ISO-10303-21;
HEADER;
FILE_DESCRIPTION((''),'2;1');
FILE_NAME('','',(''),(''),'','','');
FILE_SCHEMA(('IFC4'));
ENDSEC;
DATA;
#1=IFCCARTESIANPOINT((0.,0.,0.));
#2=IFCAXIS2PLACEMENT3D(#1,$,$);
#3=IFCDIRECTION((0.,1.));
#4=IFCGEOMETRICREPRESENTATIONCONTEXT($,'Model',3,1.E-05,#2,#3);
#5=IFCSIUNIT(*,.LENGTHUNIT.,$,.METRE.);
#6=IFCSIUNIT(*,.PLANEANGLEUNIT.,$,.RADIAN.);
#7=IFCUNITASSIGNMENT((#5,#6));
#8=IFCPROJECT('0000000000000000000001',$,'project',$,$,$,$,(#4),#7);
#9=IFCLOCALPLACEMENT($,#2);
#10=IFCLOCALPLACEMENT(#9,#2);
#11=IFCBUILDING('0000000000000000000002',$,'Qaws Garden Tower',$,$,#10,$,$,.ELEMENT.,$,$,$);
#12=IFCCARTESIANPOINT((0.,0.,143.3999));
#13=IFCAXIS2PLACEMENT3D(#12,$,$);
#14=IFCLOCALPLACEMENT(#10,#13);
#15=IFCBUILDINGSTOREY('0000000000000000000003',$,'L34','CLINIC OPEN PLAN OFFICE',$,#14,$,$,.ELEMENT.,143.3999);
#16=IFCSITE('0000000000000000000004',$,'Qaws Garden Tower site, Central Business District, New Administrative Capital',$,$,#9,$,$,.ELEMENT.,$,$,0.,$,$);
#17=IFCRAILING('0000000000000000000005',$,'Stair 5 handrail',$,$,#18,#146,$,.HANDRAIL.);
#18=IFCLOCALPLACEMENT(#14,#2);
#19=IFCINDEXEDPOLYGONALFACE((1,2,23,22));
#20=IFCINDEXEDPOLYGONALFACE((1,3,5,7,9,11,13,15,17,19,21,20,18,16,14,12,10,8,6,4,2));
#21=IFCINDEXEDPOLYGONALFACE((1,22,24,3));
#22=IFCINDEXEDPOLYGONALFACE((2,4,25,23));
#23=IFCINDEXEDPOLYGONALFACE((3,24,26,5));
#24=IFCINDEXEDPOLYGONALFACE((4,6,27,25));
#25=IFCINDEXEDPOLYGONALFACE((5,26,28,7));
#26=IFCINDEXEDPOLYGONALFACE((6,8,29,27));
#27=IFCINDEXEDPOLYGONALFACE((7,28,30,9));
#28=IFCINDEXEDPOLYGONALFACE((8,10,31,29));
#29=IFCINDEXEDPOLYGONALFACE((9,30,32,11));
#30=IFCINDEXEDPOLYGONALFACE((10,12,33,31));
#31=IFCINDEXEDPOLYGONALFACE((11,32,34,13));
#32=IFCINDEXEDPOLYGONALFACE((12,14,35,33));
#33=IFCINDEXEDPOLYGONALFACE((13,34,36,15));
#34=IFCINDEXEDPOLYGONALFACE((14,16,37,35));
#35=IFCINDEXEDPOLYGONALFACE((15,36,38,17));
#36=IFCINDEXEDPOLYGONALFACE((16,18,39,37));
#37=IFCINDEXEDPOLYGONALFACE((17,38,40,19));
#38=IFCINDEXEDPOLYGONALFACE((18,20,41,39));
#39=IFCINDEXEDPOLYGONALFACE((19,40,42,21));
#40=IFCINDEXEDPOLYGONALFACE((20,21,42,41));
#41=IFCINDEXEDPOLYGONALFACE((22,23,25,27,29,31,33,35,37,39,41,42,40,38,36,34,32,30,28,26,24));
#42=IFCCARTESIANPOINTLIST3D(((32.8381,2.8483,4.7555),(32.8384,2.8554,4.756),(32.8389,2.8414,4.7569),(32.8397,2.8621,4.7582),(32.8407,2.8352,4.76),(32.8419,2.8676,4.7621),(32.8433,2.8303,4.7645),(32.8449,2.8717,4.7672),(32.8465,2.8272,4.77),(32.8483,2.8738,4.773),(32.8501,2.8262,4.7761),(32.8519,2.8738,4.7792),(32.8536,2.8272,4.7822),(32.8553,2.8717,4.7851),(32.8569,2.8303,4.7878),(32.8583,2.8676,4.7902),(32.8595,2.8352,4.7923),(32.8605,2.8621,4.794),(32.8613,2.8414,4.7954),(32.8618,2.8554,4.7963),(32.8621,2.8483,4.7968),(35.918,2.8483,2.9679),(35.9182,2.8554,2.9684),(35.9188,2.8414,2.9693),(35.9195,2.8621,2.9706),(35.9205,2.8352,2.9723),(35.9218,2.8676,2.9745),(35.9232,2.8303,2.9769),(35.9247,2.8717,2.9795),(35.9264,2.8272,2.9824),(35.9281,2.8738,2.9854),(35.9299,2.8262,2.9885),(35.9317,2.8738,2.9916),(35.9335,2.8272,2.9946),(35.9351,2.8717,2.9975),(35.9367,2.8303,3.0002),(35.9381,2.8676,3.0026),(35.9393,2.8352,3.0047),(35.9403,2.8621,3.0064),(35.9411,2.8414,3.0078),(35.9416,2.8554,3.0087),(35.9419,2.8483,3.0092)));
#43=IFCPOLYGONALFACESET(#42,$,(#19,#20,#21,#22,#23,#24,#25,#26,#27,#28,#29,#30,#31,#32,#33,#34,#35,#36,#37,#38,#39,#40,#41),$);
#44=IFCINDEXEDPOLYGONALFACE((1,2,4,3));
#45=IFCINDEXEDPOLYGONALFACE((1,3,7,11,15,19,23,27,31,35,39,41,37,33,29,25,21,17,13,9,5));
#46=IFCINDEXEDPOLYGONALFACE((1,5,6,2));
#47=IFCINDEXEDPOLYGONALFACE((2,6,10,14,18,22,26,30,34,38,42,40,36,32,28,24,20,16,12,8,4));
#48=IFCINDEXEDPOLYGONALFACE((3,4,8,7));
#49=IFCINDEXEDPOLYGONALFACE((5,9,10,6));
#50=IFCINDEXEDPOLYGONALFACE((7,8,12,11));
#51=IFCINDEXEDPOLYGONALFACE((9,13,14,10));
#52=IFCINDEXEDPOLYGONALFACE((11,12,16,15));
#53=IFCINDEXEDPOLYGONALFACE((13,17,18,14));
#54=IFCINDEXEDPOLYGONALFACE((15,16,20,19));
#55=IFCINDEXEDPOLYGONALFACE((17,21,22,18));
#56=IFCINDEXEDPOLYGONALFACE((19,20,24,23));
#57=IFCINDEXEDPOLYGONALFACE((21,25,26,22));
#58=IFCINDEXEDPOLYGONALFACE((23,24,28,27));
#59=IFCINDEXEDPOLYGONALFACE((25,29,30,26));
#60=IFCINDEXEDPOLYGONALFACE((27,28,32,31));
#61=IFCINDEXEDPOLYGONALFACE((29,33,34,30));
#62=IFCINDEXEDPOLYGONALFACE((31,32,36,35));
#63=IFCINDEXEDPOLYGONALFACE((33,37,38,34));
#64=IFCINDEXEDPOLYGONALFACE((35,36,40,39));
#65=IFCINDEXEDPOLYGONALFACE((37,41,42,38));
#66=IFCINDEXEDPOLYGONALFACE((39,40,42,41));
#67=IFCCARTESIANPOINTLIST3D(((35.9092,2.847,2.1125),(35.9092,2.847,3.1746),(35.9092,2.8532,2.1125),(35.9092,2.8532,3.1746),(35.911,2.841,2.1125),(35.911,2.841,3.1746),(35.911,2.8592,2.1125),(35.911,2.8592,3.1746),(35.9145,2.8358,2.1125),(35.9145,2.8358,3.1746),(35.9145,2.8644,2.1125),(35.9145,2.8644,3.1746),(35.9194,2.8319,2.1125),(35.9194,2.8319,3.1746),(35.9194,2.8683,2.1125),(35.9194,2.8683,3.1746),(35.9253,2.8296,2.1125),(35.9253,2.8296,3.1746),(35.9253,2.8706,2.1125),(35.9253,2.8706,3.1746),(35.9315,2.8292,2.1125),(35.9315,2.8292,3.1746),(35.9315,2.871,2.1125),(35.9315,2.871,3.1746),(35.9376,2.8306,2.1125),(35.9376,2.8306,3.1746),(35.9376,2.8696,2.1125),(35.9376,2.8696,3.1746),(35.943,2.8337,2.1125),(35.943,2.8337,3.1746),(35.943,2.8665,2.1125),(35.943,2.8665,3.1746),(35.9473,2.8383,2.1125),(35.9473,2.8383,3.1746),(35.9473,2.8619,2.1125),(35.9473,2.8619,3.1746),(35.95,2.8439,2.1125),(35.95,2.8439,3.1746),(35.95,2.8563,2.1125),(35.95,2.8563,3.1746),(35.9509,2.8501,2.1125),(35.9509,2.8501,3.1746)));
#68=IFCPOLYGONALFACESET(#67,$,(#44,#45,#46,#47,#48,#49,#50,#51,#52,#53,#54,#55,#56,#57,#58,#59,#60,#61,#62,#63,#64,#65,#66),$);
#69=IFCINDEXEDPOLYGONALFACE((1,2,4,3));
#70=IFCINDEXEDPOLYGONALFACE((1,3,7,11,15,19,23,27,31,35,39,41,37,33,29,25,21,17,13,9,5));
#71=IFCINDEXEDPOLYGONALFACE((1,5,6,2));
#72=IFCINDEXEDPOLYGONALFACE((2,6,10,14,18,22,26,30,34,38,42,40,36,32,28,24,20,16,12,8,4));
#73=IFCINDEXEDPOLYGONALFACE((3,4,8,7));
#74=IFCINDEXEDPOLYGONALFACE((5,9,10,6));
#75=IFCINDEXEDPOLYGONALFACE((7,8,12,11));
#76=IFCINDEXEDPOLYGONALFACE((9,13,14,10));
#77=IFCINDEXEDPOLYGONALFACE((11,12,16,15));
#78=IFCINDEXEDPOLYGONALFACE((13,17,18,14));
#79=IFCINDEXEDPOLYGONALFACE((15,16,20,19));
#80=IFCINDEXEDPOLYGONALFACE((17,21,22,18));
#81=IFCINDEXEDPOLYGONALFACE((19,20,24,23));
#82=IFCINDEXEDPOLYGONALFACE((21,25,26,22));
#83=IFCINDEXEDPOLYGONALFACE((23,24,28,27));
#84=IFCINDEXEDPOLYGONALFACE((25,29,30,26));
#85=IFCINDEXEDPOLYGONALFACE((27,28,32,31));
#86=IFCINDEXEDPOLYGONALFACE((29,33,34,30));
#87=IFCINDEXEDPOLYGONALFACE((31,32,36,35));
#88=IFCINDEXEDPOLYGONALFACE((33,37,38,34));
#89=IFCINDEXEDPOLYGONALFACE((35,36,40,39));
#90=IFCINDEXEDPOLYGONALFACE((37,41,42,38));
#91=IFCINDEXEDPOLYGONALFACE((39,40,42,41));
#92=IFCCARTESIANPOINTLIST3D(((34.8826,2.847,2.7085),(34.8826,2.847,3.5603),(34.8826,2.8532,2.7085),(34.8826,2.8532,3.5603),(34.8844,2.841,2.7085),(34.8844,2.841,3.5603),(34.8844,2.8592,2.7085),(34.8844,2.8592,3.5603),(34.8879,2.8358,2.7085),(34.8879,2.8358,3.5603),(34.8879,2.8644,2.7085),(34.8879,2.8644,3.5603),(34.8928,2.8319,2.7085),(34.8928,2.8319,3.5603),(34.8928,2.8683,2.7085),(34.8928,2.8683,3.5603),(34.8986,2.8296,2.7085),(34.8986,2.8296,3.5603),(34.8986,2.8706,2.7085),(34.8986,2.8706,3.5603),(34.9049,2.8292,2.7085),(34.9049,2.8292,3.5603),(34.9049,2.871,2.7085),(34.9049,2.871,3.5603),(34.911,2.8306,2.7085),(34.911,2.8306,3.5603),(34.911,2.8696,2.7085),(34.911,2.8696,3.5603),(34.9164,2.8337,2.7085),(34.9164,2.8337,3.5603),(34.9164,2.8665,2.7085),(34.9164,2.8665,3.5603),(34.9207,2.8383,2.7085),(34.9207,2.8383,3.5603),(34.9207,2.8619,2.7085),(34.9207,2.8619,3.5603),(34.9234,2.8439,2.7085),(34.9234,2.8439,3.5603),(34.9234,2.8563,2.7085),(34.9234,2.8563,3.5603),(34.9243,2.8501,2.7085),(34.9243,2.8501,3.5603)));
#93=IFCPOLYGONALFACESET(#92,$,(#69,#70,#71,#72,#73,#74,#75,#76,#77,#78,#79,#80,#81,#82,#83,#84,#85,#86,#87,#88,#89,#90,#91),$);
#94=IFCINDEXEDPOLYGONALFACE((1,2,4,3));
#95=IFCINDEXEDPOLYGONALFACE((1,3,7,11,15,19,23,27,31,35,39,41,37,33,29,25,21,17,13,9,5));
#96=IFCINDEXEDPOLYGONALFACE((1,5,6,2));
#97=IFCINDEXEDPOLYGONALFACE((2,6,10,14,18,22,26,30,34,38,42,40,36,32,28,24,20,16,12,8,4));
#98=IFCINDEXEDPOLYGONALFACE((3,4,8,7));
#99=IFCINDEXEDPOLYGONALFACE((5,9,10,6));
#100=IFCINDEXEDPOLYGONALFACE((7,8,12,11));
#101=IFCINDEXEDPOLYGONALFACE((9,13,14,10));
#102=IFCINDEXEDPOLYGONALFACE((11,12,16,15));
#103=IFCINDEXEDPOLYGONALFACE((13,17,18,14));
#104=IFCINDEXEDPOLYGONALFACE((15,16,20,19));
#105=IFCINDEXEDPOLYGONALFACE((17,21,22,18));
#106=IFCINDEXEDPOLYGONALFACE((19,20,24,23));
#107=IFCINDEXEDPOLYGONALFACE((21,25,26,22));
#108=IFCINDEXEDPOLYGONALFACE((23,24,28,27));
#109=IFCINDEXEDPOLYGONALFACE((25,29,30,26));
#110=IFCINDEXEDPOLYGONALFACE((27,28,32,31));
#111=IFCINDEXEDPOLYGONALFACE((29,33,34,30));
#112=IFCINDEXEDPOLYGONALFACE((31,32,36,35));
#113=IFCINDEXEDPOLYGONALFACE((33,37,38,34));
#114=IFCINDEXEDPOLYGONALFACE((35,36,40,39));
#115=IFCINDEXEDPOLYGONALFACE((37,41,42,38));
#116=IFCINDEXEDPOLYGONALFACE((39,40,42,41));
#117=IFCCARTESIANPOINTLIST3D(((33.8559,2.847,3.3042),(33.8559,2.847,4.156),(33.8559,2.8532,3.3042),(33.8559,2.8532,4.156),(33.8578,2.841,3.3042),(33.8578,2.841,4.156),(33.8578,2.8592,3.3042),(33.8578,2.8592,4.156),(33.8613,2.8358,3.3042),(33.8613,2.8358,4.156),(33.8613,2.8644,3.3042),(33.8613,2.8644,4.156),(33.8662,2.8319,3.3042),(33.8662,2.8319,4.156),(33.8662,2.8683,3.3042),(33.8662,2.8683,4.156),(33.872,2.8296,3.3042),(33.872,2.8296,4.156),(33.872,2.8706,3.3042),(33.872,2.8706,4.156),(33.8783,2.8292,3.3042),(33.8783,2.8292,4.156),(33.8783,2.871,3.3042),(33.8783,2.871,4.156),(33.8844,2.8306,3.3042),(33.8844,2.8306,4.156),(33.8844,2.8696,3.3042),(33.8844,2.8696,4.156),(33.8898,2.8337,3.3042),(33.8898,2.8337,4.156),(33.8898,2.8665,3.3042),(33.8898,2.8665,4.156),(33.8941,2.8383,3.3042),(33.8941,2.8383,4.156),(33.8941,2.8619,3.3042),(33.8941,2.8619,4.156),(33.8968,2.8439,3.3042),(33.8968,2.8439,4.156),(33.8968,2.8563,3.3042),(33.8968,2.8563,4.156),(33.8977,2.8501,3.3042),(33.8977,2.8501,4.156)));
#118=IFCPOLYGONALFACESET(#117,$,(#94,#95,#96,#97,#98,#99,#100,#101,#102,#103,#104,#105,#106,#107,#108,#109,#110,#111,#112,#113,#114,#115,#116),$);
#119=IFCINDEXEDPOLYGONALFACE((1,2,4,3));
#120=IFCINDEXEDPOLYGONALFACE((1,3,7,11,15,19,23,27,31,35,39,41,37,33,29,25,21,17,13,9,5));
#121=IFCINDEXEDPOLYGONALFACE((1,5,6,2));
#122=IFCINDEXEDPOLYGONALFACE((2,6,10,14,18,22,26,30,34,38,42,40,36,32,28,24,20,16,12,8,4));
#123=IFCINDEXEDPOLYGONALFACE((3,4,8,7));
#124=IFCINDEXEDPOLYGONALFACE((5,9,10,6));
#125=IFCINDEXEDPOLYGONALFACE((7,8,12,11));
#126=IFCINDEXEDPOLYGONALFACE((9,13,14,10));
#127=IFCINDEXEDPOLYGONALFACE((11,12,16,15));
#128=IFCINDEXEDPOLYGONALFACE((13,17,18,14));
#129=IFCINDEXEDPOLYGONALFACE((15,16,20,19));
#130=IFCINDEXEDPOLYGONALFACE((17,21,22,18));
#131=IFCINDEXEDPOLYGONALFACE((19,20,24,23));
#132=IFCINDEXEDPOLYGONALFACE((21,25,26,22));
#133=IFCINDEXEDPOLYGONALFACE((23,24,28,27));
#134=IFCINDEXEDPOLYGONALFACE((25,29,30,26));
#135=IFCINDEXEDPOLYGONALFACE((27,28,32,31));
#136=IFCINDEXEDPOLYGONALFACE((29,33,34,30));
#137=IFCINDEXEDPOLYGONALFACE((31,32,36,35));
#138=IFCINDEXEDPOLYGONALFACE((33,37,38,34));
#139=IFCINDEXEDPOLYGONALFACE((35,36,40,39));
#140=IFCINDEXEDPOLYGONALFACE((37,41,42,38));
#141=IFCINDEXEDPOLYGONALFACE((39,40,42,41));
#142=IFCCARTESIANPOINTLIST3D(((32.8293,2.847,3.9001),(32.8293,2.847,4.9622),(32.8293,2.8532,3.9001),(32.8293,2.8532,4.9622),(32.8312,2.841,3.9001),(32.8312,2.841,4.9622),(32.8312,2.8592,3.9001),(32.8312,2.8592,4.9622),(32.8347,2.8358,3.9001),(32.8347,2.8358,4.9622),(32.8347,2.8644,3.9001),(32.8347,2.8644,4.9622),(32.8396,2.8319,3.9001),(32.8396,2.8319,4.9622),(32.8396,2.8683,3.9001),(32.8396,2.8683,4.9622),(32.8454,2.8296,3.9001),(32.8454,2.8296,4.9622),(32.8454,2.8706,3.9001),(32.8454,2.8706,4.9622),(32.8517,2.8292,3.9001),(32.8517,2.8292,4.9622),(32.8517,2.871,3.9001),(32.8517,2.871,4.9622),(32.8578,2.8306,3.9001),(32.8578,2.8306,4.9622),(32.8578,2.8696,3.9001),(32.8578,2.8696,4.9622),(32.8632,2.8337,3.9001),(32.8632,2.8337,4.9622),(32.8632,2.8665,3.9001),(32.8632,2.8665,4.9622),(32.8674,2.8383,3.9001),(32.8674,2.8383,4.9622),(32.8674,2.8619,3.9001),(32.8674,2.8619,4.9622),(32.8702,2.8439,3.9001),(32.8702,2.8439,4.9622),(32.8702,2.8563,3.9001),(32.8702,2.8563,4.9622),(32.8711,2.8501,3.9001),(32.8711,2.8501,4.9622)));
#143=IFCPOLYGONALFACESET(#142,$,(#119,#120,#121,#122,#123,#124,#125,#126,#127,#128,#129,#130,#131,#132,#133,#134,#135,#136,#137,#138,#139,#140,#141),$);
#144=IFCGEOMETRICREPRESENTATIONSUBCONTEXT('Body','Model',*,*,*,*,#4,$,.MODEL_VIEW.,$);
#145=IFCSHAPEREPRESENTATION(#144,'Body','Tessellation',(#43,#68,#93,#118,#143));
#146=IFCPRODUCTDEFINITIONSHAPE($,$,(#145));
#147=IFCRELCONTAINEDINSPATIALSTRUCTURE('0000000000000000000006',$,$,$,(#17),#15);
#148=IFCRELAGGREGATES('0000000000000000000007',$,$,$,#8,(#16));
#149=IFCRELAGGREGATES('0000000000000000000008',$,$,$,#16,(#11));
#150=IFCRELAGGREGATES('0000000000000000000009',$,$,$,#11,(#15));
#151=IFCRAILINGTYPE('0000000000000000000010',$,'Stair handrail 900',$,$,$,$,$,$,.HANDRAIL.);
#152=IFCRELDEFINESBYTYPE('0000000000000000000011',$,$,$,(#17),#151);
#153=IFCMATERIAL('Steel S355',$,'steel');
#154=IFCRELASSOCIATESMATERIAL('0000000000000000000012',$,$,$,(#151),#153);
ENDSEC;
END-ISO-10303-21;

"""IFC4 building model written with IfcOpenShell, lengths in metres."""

from ifc_helpers import new_model, si_unit, direction, frame, origin, origin_2d, place, context, subcontext, project, spatial, circle, extrude, material, type_object, element, save


model = new_model("IFC4")

# Units and contexts
model_context = context("Model", 3, precision=1e-05, world=origin(), true_north=direction((0.0, 1.0)))
body_context = subcontext(model_context, "Body", "Model", "MODEL_VIEW")
ifc_project = project(units=[si_unit("LENGTHUNIT", "METRE"), si_unit("PLANEANGLEUNIT", "RADIAN")], contexts=[model_context])

# Site, building, storey
site_placement = place(None, origin())
site = spatial("IfcSite", under=ifc_project, at=site_placement, Name="Qaws Garden Tower site, Central Business District, New Administrative Capital", CompositionType="ELEMENT", RefElevation=0.0)
building_placement = place(site_placement, origin())
building = spatial("IfcBuilding", under=site, at=building_placement, Name="Qaws Garden Tower", CompositionType="ELEMENT")
storey_placement = place(building_placement, frame((0.0, 0.0, 143.3999)))
storey = spatial("IfcBuildingStorey", under=building, at=storey_placement, Name="L34", Description="CLINIC OPEN PLAN OFFICE", CompositionType="ELEMENT", Elevation=143.3999)

# Railing
ifc_material_1 = material(Name="Steel S355", Category="steel")
railing_type = type_object("IfcRailingType", Name="Stair handrail 900", PredefinedType="HANDRAIL", material=ifc_material_1)
railing_placement = place(storey_placement, frame((35.9299, 2.8501, 2.1125)))
element("IfcRailing", 1, at=railing_placement, inside=storey, type_object=railing_type, Name="Stair 5 handrail", PredefinedType="HANDRAIL", context=body_context, shape_type="SweptSolid", body=[
    extrude(circle(Radius=0.0239, at=origin_2d()), frame((0.0, 0.0, 0.876), z_axis=(-0.864873, 0.0, 0.50199), x_axis=(0.0, -1.0, 0.0)), (0.0, 0.0, 1.0), 3.561),
    extrude(circle(Radius=0.021, at=origin_2d()), origin(), (0.0, 0.0, 1.0), 1.062),
    extrude(circle(Radius=0.021, at=origin_2d()), frame((-1.0266, 0.0, 0.5959)), (0.0, 0.0, 1.0), 0.8518),
    extrude(circle(Radius=0.021, at=origin_2d()), frame((-2.0532, 0.0, 1.1917)), (0.0, 0.0, 1.0), 0.8518),
    extrude(circle(Radius=0.021, at=origin_2d()), frame((-3.0798, 0.0, 1.7876)), (0.0, 0.0, 1.0), 1.062),
])

save(model, "model.ifc")
